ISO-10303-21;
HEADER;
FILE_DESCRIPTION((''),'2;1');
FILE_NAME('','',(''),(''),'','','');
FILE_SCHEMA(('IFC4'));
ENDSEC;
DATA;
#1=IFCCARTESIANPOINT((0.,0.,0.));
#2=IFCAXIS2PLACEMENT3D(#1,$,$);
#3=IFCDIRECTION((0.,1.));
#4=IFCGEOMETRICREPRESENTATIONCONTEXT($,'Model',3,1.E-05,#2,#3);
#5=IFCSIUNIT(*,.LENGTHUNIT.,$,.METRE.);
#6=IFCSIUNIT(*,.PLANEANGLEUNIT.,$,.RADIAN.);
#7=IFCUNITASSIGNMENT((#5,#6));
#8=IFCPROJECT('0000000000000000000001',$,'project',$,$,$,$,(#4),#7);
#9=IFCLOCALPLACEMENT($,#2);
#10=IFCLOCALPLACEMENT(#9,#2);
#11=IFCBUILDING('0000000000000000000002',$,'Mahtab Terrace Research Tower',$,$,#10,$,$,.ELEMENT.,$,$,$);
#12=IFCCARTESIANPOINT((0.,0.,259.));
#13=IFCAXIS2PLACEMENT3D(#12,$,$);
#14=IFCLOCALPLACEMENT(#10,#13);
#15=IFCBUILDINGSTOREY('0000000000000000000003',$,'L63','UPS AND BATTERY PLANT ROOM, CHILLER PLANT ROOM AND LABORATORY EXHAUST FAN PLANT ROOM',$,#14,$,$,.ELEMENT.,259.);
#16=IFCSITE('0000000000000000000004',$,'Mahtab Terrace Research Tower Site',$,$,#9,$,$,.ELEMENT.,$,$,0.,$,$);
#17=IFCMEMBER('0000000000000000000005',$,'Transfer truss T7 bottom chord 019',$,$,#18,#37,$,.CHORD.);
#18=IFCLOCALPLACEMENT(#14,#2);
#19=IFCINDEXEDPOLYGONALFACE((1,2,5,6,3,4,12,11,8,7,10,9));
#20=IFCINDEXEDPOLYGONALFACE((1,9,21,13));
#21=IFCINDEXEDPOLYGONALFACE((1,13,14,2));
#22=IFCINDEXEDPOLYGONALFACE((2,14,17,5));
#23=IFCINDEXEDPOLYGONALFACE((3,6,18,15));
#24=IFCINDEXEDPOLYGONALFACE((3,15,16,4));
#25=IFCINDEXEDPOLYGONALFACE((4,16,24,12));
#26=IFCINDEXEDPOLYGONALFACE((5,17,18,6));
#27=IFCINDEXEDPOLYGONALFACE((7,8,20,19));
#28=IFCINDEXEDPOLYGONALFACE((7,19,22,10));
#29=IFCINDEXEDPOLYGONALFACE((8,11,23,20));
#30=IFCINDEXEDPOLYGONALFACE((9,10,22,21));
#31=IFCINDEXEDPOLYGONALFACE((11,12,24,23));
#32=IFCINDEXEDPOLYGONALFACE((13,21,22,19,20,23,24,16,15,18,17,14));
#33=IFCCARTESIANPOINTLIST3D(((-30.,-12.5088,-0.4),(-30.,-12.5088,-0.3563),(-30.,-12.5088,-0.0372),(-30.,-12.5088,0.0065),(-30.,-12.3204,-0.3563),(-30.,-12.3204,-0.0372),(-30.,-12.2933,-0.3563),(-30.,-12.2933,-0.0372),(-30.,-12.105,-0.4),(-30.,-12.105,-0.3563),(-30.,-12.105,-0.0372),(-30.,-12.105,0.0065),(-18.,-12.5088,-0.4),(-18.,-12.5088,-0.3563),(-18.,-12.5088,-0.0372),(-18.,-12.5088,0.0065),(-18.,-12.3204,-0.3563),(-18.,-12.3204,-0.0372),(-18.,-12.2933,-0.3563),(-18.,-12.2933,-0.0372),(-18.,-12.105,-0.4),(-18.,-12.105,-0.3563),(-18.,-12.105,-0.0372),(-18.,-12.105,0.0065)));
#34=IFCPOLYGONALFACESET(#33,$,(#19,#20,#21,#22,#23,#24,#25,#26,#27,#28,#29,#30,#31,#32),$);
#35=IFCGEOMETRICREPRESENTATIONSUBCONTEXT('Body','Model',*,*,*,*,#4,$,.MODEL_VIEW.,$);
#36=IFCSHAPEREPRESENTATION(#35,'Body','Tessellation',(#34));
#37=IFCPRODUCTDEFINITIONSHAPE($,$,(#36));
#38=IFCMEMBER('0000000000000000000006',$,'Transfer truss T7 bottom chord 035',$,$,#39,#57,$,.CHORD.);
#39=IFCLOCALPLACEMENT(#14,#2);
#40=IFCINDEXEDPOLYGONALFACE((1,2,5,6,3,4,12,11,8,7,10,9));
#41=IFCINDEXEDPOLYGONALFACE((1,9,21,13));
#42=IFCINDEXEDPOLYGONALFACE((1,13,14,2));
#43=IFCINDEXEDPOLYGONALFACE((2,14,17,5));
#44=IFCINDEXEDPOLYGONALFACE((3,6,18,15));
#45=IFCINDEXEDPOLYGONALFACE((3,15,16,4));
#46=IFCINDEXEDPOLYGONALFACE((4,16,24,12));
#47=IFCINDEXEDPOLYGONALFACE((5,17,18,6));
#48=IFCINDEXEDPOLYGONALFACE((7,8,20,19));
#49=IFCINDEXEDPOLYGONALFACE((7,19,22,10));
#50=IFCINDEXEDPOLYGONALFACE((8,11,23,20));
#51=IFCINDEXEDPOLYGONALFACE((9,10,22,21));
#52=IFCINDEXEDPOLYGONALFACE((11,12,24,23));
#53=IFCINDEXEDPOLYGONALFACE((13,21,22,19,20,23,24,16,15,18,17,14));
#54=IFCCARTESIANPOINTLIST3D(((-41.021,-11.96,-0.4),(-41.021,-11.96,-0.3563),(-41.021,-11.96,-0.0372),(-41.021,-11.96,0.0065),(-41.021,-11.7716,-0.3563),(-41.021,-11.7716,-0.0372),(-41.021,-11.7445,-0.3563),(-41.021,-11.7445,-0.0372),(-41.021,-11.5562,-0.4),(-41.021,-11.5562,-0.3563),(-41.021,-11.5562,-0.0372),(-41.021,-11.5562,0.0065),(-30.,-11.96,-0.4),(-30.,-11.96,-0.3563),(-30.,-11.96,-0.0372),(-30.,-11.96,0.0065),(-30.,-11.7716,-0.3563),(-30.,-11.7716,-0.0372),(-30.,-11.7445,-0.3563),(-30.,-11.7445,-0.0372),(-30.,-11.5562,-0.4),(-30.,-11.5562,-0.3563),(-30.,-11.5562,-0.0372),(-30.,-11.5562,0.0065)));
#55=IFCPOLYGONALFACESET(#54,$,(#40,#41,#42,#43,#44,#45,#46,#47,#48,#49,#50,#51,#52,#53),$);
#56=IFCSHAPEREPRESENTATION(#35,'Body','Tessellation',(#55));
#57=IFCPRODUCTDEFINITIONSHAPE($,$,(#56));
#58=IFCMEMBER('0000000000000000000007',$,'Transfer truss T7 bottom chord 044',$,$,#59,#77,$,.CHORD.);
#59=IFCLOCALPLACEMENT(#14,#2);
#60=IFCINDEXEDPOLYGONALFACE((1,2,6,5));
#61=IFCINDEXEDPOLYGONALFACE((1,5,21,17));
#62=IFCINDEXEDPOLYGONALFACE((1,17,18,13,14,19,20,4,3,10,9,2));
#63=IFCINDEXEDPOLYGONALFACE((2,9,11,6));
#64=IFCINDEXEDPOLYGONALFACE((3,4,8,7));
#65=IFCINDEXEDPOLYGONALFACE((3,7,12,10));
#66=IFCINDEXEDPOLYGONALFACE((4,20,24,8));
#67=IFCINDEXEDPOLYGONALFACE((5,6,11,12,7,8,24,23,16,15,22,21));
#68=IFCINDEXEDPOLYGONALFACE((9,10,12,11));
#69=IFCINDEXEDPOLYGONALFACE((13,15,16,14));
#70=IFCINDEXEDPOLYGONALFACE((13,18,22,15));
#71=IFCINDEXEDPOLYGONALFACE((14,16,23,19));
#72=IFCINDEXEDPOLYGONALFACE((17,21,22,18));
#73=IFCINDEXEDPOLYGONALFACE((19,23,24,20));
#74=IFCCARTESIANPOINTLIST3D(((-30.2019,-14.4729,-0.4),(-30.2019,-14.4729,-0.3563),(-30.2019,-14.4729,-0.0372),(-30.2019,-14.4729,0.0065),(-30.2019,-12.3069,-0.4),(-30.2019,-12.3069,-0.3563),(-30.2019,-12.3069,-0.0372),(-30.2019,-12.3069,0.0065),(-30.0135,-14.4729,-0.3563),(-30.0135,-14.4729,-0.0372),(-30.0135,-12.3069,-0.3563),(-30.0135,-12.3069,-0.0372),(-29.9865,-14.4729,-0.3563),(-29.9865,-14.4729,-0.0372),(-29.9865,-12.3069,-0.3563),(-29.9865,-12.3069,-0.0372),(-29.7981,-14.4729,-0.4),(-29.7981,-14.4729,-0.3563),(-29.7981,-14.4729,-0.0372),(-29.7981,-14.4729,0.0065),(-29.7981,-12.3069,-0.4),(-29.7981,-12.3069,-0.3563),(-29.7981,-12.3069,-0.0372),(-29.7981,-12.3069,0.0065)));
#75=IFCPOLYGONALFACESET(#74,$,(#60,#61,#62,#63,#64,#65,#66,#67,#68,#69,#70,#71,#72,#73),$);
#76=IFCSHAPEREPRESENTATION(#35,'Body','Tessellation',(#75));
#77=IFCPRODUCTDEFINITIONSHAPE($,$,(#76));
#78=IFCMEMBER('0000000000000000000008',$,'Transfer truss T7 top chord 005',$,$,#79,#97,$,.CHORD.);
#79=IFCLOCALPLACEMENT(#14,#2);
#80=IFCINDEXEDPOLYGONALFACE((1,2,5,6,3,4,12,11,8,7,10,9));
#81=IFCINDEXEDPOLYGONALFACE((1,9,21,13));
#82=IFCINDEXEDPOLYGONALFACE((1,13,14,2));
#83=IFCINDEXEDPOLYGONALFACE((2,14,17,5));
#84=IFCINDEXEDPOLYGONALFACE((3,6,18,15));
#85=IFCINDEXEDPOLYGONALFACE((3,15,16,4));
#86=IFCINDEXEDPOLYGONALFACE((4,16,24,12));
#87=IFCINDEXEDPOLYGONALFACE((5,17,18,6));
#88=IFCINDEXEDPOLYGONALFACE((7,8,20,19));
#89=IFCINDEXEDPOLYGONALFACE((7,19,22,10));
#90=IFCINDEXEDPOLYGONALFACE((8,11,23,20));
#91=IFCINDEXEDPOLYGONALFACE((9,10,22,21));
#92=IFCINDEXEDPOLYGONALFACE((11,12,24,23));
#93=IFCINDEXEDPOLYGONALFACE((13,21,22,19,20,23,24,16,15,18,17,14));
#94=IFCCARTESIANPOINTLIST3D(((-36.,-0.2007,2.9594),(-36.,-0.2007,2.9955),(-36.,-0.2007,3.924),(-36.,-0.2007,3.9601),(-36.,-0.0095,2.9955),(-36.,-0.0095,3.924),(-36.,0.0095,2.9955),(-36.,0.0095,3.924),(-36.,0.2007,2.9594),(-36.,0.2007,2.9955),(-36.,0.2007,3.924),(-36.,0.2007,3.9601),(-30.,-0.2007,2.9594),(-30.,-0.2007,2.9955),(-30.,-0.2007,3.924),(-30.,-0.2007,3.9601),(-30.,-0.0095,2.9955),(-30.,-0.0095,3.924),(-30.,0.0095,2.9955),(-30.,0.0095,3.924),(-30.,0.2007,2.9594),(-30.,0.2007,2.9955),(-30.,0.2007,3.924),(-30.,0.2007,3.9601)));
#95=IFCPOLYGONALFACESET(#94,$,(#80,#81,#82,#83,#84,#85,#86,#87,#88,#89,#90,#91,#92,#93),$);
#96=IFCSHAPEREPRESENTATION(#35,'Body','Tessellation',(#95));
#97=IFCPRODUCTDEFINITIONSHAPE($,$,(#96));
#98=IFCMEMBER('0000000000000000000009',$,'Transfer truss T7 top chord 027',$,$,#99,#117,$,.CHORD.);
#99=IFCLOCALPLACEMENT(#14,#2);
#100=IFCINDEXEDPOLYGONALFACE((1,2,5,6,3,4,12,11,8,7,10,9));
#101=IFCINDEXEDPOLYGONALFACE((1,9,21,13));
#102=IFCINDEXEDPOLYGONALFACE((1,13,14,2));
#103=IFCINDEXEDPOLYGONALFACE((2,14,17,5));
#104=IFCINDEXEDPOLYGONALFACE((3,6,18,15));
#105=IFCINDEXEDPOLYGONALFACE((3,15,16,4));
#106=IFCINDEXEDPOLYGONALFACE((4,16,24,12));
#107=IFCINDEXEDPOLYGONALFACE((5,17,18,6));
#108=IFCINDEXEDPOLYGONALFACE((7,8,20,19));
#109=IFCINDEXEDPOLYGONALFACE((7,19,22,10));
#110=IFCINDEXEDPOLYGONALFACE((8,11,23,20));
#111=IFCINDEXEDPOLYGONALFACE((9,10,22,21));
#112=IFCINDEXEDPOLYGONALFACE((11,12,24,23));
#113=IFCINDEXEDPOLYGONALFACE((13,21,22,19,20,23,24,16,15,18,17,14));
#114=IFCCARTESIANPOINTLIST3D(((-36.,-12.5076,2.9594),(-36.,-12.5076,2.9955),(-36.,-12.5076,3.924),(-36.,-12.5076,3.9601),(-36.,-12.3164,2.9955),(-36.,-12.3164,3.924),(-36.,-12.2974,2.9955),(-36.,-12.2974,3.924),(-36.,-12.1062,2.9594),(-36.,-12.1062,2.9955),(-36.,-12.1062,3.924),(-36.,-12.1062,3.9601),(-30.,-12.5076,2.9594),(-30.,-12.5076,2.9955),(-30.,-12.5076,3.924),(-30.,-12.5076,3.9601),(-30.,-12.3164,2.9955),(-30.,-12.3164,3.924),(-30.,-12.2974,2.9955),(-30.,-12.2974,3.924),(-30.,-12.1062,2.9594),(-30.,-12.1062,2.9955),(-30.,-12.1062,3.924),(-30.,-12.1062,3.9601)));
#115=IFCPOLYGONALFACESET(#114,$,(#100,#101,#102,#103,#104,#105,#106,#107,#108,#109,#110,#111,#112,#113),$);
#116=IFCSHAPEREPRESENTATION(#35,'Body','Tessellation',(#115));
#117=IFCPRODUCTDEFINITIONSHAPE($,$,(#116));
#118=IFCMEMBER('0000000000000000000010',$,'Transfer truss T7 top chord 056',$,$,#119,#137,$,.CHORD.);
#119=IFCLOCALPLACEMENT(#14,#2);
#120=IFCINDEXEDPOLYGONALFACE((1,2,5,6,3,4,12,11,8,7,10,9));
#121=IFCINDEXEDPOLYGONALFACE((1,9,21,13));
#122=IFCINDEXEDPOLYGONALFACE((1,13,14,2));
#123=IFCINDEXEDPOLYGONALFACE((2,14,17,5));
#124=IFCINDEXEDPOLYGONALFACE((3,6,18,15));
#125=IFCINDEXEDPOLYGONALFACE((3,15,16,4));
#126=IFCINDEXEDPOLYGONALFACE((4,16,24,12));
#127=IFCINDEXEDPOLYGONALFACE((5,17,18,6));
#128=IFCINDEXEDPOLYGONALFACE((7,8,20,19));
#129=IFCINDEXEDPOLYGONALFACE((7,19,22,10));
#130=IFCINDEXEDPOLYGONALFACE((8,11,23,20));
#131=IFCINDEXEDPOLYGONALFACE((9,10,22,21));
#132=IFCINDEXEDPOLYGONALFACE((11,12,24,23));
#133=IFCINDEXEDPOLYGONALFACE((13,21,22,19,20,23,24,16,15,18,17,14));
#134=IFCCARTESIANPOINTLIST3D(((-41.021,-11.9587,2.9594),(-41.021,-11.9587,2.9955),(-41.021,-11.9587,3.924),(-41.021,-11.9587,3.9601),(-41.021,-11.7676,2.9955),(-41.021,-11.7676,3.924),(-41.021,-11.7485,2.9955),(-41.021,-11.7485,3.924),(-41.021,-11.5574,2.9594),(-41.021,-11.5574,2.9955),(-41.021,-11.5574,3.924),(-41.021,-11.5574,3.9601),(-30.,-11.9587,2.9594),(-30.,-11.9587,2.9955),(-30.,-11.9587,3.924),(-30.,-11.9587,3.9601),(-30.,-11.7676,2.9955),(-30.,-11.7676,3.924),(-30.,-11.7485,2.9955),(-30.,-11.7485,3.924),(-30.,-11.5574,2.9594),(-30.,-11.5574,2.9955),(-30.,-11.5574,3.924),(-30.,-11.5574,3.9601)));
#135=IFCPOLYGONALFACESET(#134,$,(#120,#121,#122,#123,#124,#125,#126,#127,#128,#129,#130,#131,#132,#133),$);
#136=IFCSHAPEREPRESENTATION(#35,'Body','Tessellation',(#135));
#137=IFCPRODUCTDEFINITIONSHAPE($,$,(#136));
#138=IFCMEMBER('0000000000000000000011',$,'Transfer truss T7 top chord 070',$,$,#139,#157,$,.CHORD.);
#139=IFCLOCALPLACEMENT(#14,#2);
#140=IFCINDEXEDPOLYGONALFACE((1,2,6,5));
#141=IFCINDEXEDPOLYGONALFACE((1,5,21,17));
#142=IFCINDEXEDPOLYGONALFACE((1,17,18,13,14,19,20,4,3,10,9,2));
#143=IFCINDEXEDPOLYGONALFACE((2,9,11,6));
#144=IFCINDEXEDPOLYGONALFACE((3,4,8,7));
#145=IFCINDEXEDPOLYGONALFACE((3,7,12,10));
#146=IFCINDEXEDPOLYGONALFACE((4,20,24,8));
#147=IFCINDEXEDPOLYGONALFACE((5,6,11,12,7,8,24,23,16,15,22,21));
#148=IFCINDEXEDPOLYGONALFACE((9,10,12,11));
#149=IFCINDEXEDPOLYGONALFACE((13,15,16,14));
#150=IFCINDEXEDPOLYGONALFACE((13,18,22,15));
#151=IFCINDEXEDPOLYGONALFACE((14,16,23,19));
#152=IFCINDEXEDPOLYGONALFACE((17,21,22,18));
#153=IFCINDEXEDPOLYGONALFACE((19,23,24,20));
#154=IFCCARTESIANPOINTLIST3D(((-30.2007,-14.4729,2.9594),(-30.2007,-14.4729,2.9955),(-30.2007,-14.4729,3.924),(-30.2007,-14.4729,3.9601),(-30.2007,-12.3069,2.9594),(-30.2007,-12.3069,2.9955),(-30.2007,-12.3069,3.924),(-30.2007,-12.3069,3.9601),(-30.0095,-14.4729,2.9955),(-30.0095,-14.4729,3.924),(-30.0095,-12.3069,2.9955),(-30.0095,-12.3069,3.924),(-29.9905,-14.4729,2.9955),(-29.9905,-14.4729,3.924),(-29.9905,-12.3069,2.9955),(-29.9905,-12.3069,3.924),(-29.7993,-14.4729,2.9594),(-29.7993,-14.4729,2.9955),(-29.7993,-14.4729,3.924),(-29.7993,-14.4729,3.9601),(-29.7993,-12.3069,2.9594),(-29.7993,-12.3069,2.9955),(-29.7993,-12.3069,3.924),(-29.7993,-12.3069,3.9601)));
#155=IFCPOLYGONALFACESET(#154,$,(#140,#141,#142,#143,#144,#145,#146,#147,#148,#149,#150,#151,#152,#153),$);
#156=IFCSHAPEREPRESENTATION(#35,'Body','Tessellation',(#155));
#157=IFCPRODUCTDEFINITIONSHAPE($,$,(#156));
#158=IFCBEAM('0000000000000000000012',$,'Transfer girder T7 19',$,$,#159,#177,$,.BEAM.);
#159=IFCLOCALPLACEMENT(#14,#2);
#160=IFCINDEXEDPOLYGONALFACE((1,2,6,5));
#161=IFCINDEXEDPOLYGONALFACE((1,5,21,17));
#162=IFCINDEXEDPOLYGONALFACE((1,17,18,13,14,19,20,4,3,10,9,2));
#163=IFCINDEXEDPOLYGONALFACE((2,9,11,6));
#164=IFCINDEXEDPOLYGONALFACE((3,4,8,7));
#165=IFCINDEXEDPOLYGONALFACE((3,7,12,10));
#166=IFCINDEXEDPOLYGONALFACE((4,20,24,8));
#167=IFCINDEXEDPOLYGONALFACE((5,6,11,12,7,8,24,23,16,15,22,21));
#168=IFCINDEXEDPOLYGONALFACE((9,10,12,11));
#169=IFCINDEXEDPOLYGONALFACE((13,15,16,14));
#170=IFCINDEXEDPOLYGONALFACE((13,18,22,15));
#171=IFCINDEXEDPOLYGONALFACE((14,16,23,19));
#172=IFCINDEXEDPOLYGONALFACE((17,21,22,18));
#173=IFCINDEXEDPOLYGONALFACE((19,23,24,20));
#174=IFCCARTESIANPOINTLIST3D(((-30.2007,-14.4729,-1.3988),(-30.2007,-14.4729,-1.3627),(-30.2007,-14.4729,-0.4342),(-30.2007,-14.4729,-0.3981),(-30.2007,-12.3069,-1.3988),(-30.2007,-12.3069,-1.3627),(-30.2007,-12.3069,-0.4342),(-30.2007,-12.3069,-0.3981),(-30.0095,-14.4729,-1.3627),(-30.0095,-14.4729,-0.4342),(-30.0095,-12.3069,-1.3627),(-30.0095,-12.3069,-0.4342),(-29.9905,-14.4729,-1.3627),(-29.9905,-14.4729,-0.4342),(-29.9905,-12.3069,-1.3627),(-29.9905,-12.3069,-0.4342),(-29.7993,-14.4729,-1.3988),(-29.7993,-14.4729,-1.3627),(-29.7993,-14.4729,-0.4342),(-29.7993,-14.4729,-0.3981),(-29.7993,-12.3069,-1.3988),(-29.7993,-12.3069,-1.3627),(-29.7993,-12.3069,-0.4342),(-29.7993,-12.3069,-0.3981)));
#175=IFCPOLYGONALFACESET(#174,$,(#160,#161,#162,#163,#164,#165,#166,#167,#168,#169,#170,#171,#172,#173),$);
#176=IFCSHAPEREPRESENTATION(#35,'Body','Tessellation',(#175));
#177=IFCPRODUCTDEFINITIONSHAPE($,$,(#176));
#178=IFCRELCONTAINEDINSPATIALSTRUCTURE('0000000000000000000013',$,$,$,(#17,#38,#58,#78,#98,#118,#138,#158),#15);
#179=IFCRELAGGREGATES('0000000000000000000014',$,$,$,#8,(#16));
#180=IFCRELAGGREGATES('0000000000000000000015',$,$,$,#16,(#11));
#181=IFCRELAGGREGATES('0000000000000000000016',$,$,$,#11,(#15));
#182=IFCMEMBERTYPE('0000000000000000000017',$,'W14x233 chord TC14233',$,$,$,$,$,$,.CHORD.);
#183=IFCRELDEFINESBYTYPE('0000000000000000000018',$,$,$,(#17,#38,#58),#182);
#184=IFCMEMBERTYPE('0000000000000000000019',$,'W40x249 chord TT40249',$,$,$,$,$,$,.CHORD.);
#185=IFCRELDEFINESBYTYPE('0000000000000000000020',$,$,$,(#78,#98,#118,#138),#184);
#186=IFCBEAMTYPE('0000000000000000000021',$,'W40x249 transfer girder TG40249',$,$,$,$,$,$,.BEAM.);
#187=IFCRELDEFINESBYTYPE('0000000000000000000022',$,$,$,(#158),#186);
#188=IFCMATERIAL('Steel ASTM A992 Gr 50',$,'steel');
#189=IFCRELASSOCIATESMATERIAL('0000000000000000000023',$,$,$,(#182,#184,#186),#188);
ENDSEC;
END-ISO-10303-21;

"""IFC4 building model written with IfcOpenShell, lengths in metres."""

from ifc_helpers import new_model, si_unit, direction, frame, origin, origin_2d, place, context, subcontext, project, spatial, i_section, extrude, material, material_profile, profile_set, type_object, element, save


model = new_model("IFC4")

# Units and contexts
model_context = context("Model", 3, precision=1e-05, world=origin(), true_north=direction((0.0, 1.0)))
body_context = subcontext(model_context, "Body", "Model", "MODEL_VIEW")
ifc_project = project(units=[si_unit("LENGTHUNIT", "METRE"), si_unit("PLANEANGLEUNIT", "RADIAN")], contexts=[model_context])

# Site, building, storey
site_placement = place(None, origin())
site = spatial("IfcSite", under=ifc_project, at=site_placement, Name="Mahtab Terrace Research Tower Site", CompositionType="ELEMENT", RefElevation=0.0)
building_placement = place(site_placement, origin())
building = spatial("IfcBuilding", under=site, at=building_placement, Name="Mahtab Terrace Research Tower", CompositionType="ELEMENT")
storey_placement = place(building_placement, frame((0.0, 0.0, 259.0)))
storey = spatial("IfcBuildingStorey", under=building, at=storey_placement, Name="L63", Description="UPS AND BATTERY PLANT ROOM, CHILLER PLANT ROOM AND LABORATORY EXHAUST FAN PLANT ROOM", CompositionType="ELEMENT", Elevation=259.0)

# Shared definitions
ifc_material_1 = material(Name="Steel ASTM A992 Gr 50", Category="steel")

# Members
ifc_material_profile_1 = material_profile(ifc_material_1, i_section(OverallWidth=0.4038, OverallDepth=0.4065, WebThickness=0.0271, FlangeThickness=0.0437, at=origin_2d()), Name="W14X233")
ifc_profile_set_1 = profile_set([ifc_material_profile_1], Name="Steel ASTM A992 Gr 50")
member_type_1 = type_object("IfcMemberType", Name="W14x233 chord TC14233", PredefinedType="CHORD", material=ifc_profile_set_1)
member_1_placement = place(storey_placement, frame((-30.0, -12.3069, -0.1968), z_axis=(1.0, 0.0, 0.0), x_axis=(0.0, 1.0, 0.0)))
element("IfcMember", 1, at=member_1_placement, inside=storey, type_object=member_type_1, Name="Transfer truss T7 bottom chord 019", PredefinedType="CHORD", context=body_context, shape_type="SweptSolid", body=[
    extrude(i_section(OverallWidth=0.4038, OverallDepth=0.4065, WebThickness=0.0271, FlangeThickness=0.0437, at=origin_2d()), origin(), (0.0, 0.0, 1.0), 12.0),
])
member_2_placement = place(storey_placement, frame((-41.021, -11.7581, -0.1968), z_axis=(1.0, 0.0, 0.0), x_axis=(0.0, 1.0, 0.0)))
element("IfcMember", 2, at=member_2_placement, inside=storey, type_object=member_type_1, Name="Transfer truss T7 bottom chord 035", PredefinedType="CHORD", context=body_context, shape_type="SweptSolid", body=[
    extrude(i_section(OverallWidth=0.4038, OverallDepth=0.4065, WebThickness=0.0271, FlangeThickness=0.0437, at=origin_2d()), origin(), (0.0, 0.0, 1.0), 11.021),
])
member_3_placement = place(storey_placement, frame((-30.0, -14.4729, -0.1968), z_axis=(0.0, 1.0, 0.0), x_axis=(-1.0, 0.0, 0.0)))
element("IfcMember", 3, at=member_3_placement, inside=storey, type_object=member_type_1, Name="Transfer truss T7 bottom chord 044", PredefinedType="CHORD", context=body_context, shape_type="SweptSolid", body=[
    extrude(i_section(OverallWidth=0.4038, OverallDepth=0.4065, WebThickness=0.0271, FlangeThickness=0.0437, at=origin_2d()), origin(), (0.0, 0.0, 1.0), 2.166),
])
ifc_material_profile_2 = material_profile(ifc_material_1, i_section(OverallWidth=0.4014, OverallDepth=1.0007, WebThickness=0.019, FlangeThickness=0.0361, at=origin_2d()), Name="W40X249")
ifc_profile_set_2 = profile_set([ifc_material_profile_2], Name="Steel ASTM A992 Gr 50")
member_type_2 = type_object("IfcMemberType", Name="W40x249 chord TT40249", PredefinedType="CHORD", material=ifc_profile_set_2)
for number, where, z_axis, x_axis, name in (
    (4, (-36.0, 0.0, 3.4597), (1.0, 0.0, 0.0), (0.0, 1.0, 0.0), "Transfer truss T7 top chord 005"),
    (5, (-36.0, -12.3069, 3.4597), (1.0, 0.0, 0.0), (0.0, 1.0, 0.0), "Transfer truss T7 top chord 027"),
):
    element("IfcMember", number, at=place(storey_placement, frame(where, z_axis=z_axis, x_axis=x_axis)), inside=storey, type_object=member_type_2, Name=name, PredefinedType="CHORD", context=body_context, shape_type="SweptSolid", body=[
        extrude(i_section(OverallWidth=0.4014, OverallDepth=1.0007, WebThickness=0.019, FlangeThickness=0.0361, at=origin_2d()), origin(), (0.0, 0.0, 1.0), 6.0),
    ])
member_4_placement = place(storey_placement, frame((-41.021, -11.7581, 3.4597), z_axis=(1.0, 0.0, 0.0), x_axis=(0.0, 1.0, 0.0)))
element("IfcMember", 6, at=member_4_placement, inside=storey, type_object=member_type_2, Name="Transfer truss T7 top chord 056", PredefinedType="CHORD", context=body_context, shape_type="SweptSolid", body=[
    extrude(i_section(OverallWidth=0.4014, OverallDepth=1.0007, WebThickness=0.019, FlangeThickness=0.0361, at=origin_2d()), origin(), (0.0, 0.0, 1.0), 11.021),
])
member_5_placement = place(storey_placement, frame((-30.0, -14.4729, 3.4597), z_axis=(0.0, 1.0, 0.0), x_axis=(-1.0, 0.0, 0.0)))
element("IfcMember", 7, at=member_5_placement, inside=storey, type_object=member_type_2, Name="Transfer truss T7 top chord 070", PredefinedType="CHORD", context=body_context, shape_type="SweptSolid", body=[
    extrude(i_section(OverallWidth=0.4014, OverallDepth=1.0007, WebThickness=0.019, FlangeThickness=0.0361, at=origin_2d()), origin(), (0.0, 0.0, 1.0), 2.166),
])

# Beam
ifc_material_profile_3 = material_profile(ifc_material_1, i_section(OverallWidth=0.4014, OverallDepth=1.0007, WebThickness=0.019, FlangeThickness=0.0361, at=origin_2d()), Name="W40X249")
ifc_profile_set_3 = profile_set([ifc_material_profile_3], Name="Steel ASTM A992 Gr 50")
beam_type = type_object("IfcBeamType", Name="W40x249 transfer girder TG40249", PredefinedType="BEAM", material=ifc_profile_set_3)
beam_placement = place(storey_placement, frame((-30.0, -14.4729, -0.8984), z_axis=(0.0, 1.0, 0.0), x_axis=(-1.0, 0.0, 0.0)))
element("IfcBeam", 8, at=beam_placement, inside=storey, type_object=beam_type, Name="Transfer girder T7 19", PredefinedType="BEAM", context=body_context, shape_type="SweptSolid", body=[
    extrude(i_section(OverallWidth=0.4014, OverallDepth=1.0007, WebThickness=0.019, FlangeThickness=0.0361, at=origin_2d()), origin(), (0.0, 0.0, 1.0), 2.166),
])

save(model, "model.ifc")
